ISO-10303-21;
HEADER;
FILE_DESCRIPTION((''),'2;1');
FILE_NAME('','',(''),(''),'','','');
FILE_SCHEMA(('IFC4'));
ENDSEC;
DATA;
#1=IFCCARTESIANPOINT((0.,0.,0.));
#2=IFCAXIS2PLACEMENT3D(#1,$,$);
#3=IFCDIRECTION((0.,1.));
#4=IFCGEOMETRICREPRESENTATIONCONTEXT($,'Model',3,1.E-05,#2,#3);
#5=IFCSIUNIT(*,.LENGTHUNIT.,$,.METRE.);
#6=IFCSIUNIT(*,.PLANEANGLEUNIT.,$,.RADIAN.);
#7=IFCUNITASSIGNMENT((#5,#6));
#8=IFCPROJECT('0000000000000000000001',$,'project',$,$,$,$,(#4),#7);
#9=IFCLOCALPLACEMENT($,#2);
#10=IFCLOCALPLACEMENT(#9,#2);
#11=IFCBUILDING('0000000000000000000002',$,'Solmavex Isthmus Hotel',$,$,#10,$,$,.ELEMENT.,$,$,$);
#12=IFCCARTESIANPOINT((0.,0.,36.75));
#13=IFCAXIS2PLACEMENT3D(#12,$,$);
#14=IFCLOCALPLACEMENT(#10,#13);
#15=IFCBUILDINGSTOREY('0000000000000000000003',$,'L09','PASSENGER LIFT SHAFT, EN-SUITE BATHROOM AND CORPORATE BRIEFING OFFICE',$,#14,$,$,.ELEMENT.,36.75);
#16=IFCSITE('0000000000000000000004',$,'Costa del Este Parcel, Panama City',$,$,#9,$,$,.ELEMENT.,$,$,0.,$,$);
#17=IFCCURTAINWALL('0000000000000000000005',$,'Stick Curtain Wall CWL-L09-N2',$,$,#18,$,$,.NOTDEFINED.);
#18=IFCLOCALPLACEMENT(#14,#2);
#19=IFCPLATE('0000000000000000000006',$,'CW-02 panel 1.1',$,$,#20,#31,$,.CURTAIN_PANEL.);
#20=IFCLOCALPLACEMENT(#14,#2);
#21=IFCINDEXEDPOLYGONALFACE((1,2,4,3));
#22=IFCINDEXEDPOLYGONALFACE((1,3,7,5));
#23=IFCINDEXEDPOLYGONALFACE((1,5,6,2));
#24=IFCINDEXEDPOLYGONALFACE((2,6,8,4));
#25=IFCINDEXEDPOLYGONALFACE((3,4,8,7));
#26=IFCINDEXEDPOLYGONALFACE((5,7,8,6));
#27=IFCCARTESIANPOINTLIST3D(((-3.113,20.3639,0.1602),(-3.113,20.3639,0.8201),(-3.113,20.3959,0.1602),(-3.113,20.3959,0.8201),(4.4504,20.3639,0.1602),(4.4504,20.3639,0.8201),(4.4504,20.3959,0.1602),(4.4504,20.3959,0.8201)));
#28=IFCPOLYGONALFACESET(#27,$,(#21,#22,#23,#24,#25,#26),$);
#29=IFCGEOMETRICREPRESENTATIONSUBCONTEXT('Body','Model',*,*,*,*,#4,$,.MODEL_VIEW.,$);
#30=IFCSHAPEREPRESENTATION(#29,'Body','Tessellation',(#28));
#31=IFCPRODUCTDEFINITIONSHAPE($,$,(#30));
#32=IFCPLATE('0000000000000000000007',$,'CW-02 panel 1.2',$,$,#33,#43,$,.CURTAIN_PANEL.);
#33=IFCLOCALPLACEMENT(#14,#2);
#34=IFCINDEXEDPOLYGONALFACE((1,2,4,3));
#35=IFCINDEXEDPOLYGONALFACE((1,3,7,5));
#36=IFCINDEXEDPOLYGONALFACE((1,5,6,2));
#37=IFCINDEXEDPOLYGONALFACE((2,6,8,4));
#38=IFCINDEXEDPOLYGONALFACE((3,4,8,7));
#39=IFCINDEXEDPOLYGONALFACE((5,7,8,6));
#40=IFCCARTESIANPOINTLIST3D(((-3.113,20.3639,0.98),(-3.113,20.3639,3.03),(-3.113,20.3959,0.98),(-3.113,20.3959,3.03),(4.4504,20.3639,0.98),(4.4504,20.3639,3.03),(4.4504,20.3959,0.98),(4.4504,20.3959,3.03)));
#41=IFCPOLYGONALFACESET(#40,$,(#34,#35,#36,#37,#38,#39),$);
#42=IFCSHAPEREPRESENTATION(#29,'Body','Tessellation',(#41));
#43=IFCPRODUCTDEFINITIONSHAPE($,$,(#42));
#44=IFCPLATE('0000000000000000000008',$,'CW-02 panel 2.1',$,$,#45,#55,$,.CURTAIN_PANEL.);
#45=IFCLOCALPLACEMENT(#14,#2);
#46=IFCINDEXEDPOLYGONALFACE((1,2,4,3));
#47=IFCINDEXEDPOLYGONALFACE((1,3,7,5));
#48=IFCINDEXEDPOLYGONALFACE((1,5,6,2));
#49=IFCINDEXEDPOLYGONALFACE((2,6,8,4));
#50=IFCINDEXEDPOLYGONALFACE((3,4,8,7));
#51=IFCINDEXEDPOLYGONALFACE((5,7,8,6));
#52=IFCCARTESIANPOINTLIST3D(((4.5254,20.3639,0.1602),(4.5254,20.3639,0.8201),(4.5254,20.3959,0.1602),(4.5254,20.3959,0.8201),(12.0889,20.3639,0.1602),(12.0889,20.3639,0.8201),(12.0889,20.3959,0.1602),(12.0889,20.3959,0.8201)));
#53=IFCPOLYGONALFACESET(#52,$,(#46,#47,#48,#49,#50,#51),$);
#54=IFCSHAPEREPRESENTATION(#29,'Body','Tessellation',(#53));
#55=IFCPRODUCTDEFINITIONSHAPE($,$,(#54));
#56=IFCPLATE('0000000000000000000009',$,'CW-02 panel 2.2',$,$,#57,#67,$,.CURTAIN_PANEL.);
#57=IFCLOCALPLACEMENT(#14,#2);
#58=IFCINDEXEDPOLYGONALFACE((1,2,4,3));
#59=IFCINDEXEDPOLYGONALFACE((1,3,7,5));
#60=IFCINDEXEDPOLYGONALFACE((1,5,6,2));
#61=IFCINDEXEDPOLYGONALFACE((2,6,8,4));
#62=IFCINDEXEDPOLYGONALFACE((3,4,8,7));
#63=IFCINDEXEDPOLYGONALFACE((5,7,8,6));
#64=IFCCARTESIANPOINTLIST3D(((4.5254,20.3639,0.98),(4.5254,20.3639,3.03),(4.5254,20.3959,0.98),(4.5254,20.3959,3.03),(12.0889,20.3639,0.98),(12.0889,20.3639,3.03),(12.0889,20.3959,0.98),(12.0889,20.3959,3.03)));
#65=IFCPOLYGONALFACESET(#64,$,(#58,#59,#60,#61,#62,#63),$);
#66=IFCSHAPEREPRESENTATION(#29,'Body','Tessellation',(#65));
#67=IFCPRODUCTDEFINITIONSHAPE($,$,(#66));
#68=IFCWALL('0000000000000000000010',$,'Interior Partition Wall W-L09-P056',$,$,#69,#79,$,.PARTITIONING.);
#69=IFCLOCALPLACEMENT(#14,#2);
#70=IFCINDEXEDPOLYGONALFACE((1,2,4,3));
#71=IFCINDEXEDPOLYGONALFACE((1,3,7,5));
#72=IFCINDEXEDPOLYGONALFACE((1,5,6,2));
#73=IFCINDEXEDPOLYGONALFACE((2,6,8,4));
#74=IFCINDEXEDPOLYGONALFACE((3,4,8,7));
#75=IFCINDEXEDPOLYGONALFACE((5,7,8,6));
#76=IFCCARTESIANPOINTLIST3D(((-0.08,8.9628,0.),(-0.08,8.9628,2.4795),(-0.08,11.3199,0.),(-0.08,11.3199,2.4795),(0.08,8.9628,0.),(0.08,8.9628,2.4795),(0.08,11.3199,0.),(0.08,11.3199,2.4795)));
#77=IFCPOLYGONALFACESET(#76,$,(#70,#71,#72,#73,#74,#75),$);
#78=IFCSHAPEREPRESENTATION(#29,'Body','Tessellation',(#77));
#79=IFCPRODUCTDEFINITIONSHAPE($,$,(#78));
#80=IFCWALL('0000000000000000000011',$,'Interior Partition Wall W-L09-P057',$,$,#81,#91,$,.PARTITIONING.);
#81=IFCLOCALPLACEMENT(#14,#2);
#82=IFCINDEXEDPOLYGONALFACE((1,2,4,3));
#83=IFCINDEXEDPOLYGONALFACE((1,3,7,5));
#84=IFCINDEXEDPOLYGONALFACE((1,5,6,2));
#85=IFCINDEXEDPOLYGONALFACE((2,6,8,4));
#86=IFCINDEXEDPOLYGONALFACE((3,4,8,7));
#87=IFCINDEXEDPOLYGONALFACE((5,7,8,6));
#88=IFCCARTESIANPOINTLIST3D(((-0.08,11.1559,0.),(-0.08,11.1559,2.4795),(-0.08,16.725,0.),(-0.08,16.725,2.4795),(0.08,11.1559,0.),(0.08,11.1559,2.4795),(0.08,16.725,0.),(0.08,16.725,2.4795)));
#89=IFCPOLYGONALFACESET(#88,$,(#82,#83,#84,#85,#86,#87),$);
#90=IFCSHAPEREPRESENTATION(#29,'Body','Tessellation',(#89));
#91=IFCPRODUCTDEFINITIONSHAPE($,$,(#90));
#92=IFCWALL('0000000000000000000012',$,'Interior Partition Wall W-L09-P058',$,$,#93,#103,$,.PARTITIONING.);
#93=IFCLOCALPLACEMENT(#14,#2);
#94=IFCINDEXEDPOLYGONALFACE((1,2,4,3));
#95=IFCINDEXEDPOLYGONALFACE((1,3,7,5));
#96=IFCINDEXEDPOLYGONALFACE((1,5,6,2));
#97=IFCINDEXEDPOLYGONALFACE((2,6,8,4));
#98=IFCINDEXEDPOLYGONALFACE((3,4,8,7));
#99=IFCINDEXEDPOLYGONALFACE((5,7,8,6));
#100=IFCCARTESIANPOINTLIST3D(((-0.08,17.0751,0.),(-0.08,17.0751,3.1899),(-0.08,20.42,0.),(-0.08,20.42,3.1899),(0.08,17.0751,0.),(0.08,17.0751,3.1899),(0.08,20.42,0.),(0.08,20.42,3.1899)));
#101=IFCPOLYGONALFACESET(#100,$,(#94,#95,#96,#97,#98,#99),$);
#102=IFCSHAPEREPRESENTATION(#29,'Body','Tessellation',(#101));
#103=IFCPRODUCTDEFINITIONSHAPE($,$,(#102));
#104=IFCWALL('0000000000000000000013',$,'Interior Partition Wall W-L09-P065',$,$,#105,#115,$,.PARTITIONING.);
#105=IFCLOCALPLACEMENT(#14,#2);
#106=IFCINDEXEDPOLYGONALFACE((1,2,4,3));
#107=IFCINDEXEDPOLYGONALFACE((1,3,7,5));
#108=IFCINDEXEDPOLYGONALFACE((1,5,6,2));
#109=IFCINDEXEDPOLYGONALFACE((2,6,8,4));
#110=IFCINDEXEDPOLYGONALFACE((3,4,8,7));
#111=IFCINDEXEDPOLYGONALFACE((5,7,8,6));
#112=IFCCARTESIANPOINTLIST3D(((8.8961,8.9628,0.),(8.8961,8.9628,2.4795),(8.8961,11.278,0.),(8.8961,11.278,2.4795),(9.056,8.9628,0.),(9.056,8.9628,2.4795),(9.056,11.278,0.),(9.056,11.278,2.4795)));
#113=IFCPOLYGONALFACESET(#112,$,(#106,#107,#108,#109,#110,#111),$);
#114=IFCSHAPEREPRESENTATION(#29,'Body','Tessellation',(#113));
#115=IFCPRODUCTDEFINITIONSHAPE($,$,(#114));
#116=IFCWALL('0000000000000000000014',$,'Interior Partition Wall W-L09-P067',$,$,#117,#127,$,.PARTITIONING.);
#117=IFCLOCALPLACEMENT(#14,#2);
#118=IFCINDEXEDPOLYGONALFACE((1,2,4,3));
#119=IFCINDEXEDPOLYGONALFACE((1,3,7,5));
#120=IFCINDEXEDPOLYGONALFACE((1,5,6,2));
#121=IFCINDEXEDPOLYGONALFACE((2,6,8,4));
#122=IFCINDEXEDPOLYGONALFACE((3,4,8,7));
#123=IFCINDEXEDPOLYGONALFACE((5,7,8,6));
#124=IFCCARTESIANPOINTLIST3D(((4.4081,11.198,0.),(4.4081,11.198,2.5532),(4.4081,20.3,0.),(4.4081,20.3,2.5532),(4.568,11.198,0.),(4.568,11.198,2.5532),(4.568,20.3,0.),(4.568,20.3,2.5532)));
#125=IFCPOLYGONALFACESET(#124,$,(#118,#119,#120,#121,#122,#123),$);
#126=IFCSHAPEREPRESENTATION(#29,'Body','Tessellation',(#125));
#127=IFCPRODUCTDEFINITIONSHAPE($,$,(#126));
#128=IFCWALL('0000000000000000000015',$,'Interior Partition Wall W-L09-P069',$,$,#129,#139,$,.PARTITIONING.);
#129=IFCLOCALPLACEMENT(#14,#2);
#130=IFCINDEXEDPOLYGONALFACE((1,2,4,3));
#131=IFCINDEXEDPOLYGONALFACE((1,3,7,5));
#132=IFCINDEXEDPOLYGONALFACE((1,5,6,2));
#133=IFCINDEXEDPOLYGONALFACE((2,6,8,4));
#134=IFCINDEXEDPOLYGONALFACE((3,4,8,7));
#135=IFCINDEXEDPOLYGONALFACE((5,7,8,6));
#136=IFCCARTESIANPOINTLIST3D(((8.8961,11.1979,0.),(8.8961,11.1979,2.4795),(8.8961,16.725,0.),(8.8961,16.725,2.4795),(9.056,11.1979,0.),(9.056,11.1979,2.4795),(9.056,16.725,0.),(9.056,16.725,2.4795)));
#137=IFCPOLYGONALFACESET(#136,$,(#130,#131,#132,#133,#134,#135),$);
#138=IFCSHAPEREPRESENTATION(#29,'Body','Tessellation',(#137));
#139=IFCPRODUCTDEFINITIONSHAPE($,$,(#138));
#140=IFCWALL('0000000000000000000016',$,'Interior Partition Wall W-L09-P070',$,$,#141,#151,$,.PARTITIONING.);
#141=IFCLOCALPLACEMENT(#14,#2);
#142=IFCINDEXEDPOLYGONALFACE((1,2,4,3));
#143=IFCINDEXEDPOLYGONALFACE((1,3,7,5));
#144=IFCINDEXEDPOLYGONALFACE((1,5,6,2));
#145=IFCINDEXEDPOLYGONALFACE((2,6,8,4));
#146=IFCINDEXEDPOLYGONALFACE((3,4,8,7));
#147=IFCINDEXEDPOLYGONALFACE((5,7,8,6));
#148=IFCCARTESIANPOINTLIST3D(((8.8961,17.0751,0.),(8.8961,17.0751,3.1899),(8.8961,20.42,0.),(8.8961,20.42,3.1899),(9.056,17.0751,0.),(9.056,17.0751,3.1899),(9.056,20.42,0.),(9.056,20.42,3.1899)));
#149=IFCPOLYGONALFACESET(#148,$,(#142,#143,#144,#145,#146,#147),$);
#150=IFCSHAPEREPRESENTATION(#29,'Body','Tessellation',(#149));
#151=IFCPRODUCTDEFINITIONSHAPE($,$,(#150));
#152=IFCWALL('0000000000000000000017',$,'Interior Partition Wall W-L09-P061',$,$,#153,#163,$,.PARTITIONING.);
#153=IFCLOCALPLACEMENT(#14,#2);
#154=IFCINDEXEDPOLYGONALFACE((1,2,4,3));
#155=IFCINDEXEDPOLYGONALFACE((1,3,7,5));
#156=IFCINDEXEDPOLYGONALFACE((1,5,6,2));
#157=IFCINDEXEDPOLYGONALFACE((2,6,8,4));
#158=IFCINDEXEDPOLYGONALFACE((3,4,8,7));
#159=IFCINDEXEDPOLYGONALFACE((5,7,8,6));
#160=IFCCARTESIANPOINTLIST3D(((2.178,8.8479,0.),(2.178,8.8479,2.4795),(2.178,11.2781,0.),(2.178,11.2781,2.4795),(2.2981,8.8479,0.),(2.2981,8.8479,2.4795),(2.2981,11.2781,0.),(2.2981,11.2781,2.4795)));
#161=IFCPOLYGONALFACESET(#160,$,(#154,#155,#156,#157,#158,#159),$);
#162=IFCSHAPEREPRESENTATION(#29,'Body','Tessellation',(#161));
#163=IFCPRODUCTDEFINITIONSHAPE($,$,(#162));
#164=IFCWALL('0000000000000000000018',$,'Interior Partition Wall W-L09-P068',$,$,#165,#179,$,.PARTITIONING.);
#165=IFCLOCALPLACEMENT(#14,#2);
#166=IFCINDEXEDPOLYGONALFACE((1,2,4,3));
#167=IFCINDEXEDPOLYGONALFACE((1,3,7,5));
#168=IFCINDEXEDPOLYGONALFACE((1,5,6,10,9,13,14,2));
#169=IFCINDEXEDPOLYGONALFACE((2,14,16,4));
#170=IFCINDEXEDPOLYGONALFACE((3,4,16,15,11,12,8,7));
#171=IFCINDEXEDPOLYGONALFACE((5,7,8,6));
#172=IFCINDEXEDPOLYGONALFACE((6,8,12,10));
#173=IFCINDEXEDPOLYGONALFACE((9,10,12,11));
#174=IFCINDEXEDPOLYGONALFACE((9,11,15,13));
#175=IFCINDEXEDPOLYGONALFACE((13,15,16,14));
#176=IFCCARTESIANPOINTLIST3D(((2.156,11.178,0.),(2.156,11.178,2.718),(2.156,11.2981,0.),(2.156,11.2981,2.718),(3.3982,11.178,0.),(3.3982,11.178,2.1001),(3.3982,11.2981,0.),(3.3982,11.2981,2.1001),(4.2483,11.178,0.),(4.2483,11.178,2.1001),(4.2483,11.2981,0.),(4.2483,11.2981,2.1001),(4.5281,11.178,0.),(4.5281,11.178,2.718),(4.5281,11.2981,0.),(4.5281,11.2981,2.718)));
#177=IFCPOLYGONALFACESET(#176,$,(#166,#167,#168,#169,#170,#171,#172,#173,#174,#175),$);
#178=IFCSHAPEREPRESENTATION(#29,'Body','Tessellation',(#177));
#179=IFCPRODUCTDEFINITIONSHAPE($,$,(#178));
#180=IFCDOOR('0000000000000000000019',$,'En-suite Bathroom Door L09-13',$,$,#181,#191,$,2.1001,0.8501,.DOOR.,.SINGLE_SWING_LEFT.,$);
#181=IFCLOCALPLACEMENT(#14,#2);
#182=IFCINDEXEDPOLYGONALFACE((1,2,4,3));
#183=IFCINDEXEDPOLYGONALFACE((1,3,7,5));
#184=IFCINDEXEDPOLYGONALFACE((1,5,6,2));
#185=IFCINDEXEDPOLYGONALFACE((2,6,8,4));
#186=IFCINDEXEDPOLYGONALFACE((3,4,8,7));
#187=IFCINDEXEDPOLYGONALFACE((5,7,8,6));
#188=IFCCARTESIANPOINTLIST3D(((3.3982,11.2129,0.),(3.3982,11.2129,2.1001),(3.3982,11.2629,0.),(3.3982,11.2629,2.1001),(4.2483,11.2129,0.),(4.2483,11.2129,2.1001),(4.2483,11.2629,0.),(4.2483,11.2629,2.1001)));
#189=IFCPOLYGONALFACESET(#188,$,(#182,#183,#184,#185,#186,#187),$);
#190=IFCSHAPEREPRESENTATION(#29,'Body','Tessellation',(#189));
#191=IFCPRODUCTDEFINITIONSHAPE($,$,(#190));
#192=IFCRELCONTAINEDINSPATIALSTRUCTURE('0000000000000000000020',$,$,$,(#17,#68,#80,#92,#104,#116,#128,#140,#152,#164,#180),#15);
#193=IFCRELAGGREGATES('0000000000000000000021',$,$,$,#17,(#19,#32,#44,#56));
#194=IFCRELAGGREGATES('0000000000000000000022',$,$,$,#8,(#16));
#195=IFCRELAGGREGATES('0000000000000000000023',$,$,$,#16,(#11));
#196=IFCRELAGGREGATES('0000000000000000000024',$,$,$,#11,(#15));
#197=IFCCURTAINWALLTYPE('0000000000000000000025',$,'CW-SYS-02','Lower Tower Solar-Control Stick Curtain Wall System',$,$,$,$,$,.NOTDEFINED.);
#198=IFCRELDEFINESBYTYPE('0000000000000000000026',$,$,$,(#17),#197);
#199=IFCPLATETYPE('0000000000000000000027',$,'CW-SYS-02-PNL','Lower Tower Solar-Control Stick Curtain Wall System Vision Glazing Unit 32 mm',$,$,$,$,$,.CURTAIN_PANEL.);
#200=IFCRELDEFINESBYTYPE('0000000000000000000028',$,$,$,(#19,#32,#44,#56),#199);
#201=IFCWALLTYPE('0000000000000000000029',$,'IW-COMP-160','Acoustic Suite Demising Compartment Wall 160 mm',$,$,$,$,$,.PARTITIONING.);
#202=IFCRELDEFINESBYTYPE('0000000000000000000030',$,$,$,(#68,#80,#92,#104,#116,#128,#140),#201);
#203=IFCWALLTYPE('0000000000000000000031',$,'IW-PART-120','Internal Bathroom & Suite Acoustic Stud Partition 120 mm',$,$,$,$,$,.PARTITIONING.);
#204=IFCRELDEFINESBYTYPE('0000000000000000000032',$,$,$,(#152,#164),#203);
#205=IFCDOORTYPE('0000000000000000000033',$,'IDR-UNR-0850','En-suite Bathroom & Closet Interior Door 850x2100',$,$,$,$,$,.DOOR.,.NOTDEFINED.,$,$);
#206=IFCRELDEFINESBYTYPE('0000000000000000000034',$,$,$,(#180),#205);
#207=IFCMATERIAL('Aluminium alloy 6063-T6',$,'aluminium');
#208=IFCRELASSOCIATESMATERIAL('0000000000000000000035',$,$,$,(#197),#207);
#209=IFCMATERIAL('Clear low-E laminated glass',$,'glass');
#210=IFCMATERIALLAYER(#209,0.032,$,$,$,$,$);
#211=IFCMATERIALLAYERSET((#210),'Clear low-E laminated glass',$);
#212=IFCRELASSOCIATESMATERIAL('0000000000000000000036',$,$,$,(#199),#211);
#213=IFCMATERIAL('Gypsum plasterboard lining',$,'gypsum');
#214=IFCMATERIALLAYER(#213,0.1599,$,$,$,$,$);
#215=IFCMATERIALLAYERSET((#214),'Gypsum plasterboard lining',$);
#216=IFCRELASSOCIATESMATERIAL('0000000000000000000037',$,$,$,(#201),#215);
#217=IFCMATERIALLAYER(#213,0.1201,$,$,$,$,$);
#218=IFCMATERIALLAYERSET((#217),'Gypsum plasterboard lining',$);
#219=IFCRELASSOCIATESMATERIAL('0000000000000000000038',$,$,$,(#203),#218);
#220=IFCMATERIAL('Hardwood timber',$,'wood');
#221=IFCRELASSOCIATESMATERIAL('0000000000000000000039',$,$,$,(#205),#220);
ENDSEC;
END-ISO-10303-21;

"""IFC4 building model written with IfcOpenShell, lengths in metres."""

from ifc_helpers import new_model, si_unit, direction, frame, frame_2d, origin, origin_2d, place, context, subcontext, project, spatial, rectangle, extrude, material, layer, layer_set, type_object, element, fill, aggregate, save


model = new_model("IFC4")

# Units and contexts
model_context = context("Model", 3, precision=1e-05, world=origin(), true_north=direction((0.0, 1.0)))
body_context = subcontext(model_context, "Body", "Model", "MODEL_VIEW")
ifc_project = project(units=[si_unit("LENGTHUNIT", "METRE"), si_unit("PLANEANGLEUNIT", "RADIAN")], contexts=[model_context])

# Site, building, storey
site_placement = place(None, origin())
site = spatial("IfcSite", under=ifc_project, at=site_placement, Name="Costa del Este Parcel, Panama City", CompositionType="ELEMENT", RefElevation=0.0)
building_placement = place(site_placement, origin())
building = spatial("IfcBuilding", under=site, at=building_placement, Name="Solmavex Isthmus Hotel", CompositionType="ELEMENT")
storey_placement = place(building_placement, frame((0.0, 0.0, 36.75)))
storey = spatial("IfcBuildingStorey", under=building, at=storey_placement, Name="L09", Description="PASSENGER LIFT SHAFT, EN-SUITE BATHROOM AND CORPORATE BRIEFING OFFICE", CompositionType="ELEMENT", Elevation=36.75)

# Curtain wall
ifc_material_1 = material(Name="Aluminium alloy 6063-T6", Category="aluminium")
curtain_wall_type = type_object("IfcCurtainWallType", Name="CW-SYS-02", Description="Lower Tower Solar-Control Stick Curtain Wall System", PredefinedType="NOTDEFINED", material=ifc_material_1)
curtain_wall_1_placement = place(storey_placement, origin())
curtain_wall_1 = element("IfcCurtainWall", 1, at=curtain_wall_1_placement, inside=storey, type_object=curtain_wall_type, Name="Stick Curtain Wall CWL-L09-N2", PredefinedType="NOTDEFINED")

# Plates
ifc_material_2 = material(Name="Clear low-E laminated glass", Category="glass")
ifc_layer_1 = layer(ifc_material_2, 0.032)
ifc_layer_set_1 = layer_set([ifc_layer_1], Name="Clear low-E laminated glass")
plate_type = type_object("IfcPlateType", Name="CW-SYS-02-PNL", Description="Lower Tower Solar-Control Stick Curtain Wall System Vision Glazing Unit 32 mm", PredefinedType="CURTAIN_PANEL", material=ifc_layer_set_1)
plate_1_placement = place(storey_placement, frame((0.6687, 20.3799, 0.1602), z_axis=(0.0, 0.0, 1.0), x_axis=(1.0, 0.0, 0.0)))
plate_1 = element("IfcPlate", 2, at=plate_1_placement, type_object=plate_type, Name="CW-02 panel 1.1", PredefinedType="CURTAIN_PANEL", context=body_context, shape_type="SweptSolid", body=[
    extrude(rectangle(XDim=7.5635, YDim=0.032, at=origin_2d()), origin(), (0.0, 0.0, 1.0), 0.6599),
])
plate_2_placement = place(storey_placement, frame((0.6687, 20.3799, 0.98), z_axis=(0.0, 0.0, 1.0), x_axis=(1.0, 0.0, 0.0)))
plate_2 = element("IfcPlate", 3, at=plate_2_placement, type_object=plate_type, Name="CW-02 panel 1.2", PredefinedType="CURTAIN_PANEL", context=body_context, shape_type="SweptSolid", body=[
    extrude(rectangle(XDim=7.5635, YDim=0.032, at=origin_2d()), origin(), (0.0, 0.0, 1.0), 2.05),
])
plate_3_placement = place(storey_placement, frame((8.3071, 20.3799, 0.1602), z_axis=(0.0, 0.0, 1.0), x_axis=(1.0, 0.0, 0.0)))
plate_3 = element("IfcPlate", 4, at=plate_3_placement, type_object=plate_type, Name="CW-02 panel 2.1", PredefinedType="CURTAIN_PANEL", context=body_context, shape_type="SweptSolid", body=[
    extrude(rectangle(XDim=7.5635, YDim=0.032, at=origin_2d()), origin(), (0.0, 0.0, 1.0), 0.6599),
])
plate_4_placement = place(storey_placement, frame((8.3071, 20.3799, 0.98), z_axis=(0.0, 0.0, 1.0), x_axis=(1.0, 0.0, 0.0)))
plate_4 = element("IfcPlate", 5, at=plate_4_placement, type_object=plate_type, Name="CW-02 panel 2.2", PredefinedType="CURTAIN_PANEL", context=body_context, shape_type="SweptSolid", body=[
    extrude(rectangle(XDim=7.5635, YDim=0.032, at=origin_2d()), origin(), (0.0, 0.0, 1.0), 2.05),
])
aggregate(curtain_wall_1, [plate_1, plate_2, plate_3, plate_4])

# Walls
ifc_material_3 = material(Name="Gypsum plasterboard lining", Category="gypsum")
ifc_layer_2 = layer(ifc_material_3, 0.1599)
ifc_layer_set_2 = layer_set([ifc_layer_2], Name="Gypsum plasterboard lining")
wall_type_1 = type_object("IfcWallType", Name="IW-COMP-160", Description="Acoustic Suite Demising Compartment Wall 160 mm", PredefinedType="PARTITIONING", material=ifc_layer_set_2)
wall_1_placement = place(storey_placement, frame((0.0, 11.3201, 0.0), z_axis=(0.0, 0.0, 1.0), x_axis=(0.0, -1.0, 0.0)))
element("IfcWall", 6, at=wall_1_placement, inside=storey, type_object=wall_type_1, Name="Interior Partition Wall W-L09-P056", PredefinedType="PARTITIONING", context=body_context, shape_type="SweptSolid", body=[
    extrude(rectangle(XDim=2.3572, YDim=0.1599, at=frame_2d((1.1787, 0.0))), origin(), (0.0, 0.0, 1.0), 2.4795),
])
wall_2_placement = place(storey_placement, frame((0.0, 16.7251, 0.0), z_axis=(0.0, 0.0, 1.0), x_axis=(0.0, -1.0, 0.0)))
element("IfcWall", 7, at=wall_2_placement, inside=storey, type_object=wall_type_1, Name="Interior Partition Wall W-L09-P057", PredefinedType="PARTITIONING", context=body_context, shape_type="SweptSolid", body=[
    extrude(rectangle(XDim=5.5691, YDim=0.1599, at=frame_2d((2.7847, 0.0))), origin(), (0.0, 0.0, 1.0), 2.4795),
])
wall_3_placement = place(storey_placement, frame((0.0, 20.4199, 0.0), z_axis=(0.0, 0.0, 1.0), x_axis=(0.0, -1.0, 0.0)))
element("IfcWall", 8, at=wall_3_placement, inside=storey, type_object=wall_type_1, Name="Interior Partition Wall W-L09-P058", PredefinedType="PARTITIONING", context=body_context, shape_type="SweptSolid", body=[
    extrude(rectangle(XDim=3.345, YDim=0.1599, at=frame_2d((1.6724, 0.0))), origin(), (0.0, 0.0, 1.0), 3.1899),
])
wall_4_placement = place(storey_placement, frame((8.9761, 11.2781, 0.0), z_axis=(0.0, 0.0, 1.0), x_axis=(0.0, -1.0, 0.0)))
element("IfcWall", 9, at=wall_4_placement, inside=storey, type_object=wall_type_1, Name="Interior Partition Wall W-L09-P065", PredefinedType="PARTITIONING", context=body_context, shape_type="SweptSolid", body=[
    extrude(rectangle(XDim=2.3152, YDim=0.1599, at=frame_2d((1.1577, 0.0))), origin(), (0.0, 0.0, 1.0), 2.4795),
])
wall_5_placement = place(storey_placement, frame((4.488, 20.3, 0.0), z_axis=(0.0, 0.0, 1.0), x_axis=(0.0, -1.0, 0.0)))
element("IfcWall", 10, at=wall_5_placement, inside=storey, type_object=wall_type_1, Name="Interior Partition Wall W-L09-P067", PredefinedType="PARTITIONING", context=body_context, shape_type="SweptSolid", body=[
    extrude(rectangle(XDim=9.1021, YDim=0.1599, at=frame_2d((4.551, 0.0))), origin(), (0.0, 0.0, 1.0), 2.5532),
])
wall_6_placement = place(storey_placement, frame((8.9761, 16.7251, 0.0), z_axis=(0.0, 0.0, 1.0), x_axis=(0.0, -1.0, 0.0)))
element("IfcWall", 11, at=wall_6_placement, inside=storey, type_object=wall_type_1, Name="Interior Partition Wall W-L09-P069", PredefinedType="PARTITIONING", context=body_context, shape_type="SweptSolid", body=[
    extrude(rectangle(XDim=5.5271, YDim=0.1599, at=frame_2d((2.7637, 0.0))), origin(), (0.0, 0.0, 1.0), 2.4795),
])
wall_7_placement = place(storey_placement, frame((8.9761, 20.4199, 0.0), z_axis=(0.0, 0.0, 1.0), x_axis=(0.0, -1.0, 0.0)))
element("IfcWall", 12, at=wall_7_placement, inside=storey, type_object=wall_type_1, Name="Interior Partition Wall W-L09-P070", PredefinedType="PARTITIONING", context=body_context, shape_type="SweptSolid", body=[
    extrude(rectangle(XDim=3.345, YDim=0.1599, at=frame_2d((1.6724, 0.0))), origin(), (0.0, 0.0, 1.0), 3.1899),
])
ifc_layer_3 = layer(ifc_material_3, 0.1201)
ifc_layer_set_3 = layer_set([ifc_layer_3], Name="Gypsum plasterboard lining")
wall_type_2 = type_object("IfcWallType", Name="IW-PART-120", Description="Internal Bathroom & Suite Acoustic Stud Partition 120 mm", PredefinedType="PARTITIONING", material=ifc_layer_set_3)
wall_8_placement = place(storey_placement, frame((2.238, 11.2781, 0.0), z_axis=(0.0, 0.0, 1.0), x_axis=(0.0, -1.0, 0.0)))
element("IfcWall", 13, at=wall_8_placement, inside=storey, type_object=wall_type_2, Name="Interior Partition Wall W-L09-P061", PredefinedType="PARTITIONING", context=body_context, shape_type="SweptSolid", body=[
    extrude(rectangle(XDim=2.4302, YDim=0.1201, at=frame_2d((1.2151, 0.0))), origin(), (0.0, 0.0, 1.0), 2.4795),
])

# Wall, opening, door
wall_9_placement = place(storey_placement, frame((4.5281, 11.238, 0.0), z_axis=(0.0, 0.0, 1.0), x_axis=(-1.0, 0.0, 0.0)))
wall_9 = element("IfcWall", 14, at=wall_9_placement, inside=storey, type_object=wall_type_2, Name="Interior Partition Wall W-L09-P068", PredefinedType="PARTITIONING", context=body_context, shape_type="SweptSolid", body=[
    extrude(rectangle(XDim=2.3721, YDim=0.1201, at=frame_2d((1.186, 0.0))), origin(), (0.0, 0.0, 1.0), 2.718),
])
opening_1_placement = place(wall_9_placement, frame((0.2798, 0.0, 0.0)))
opening_1 = element("IfcOpeningElement", 15, at=opening_1_placement, cuts=wall_9, PredefinedType="OPENING", context=body_context, shape_type="SweptSolid", body=[
    extrude(rectangle(XDim=0.8501, YDim=2.1001, at=frame_2d((0.425, 1.05))), frame((0.0, 0.0701, 0.0), z_axis=(0.0, -1.0, 0.0), x_axis=(1.0, 0.0, 0.0)), (0.0, 0.0, 1.0), 0.1401),
])
ifc_material_4 = material(Name="Hardwood timber", Category="wood")
door_type_1 = type_object("IfcDoorType", Name="IDR-UNR-0850", Description="En-suite Bathroom & Closet Interior Door 850x2100", OperationType="NOTDEFINED", PredefinedType="DOOR", material=ifc_material_4)
door_1_placement = place(opening_1_placement, frame((0.8501, 0.0, 0.0), z_axis=(0.0, 0.0, 1.0), x_axis=(-1.0, 0.0, 0.0)))
door_1 = element("IfcDoor", 16, at=door_1_placement, inside=storey, type_object=door_type_1, Name="En-suite Bathroom Door L09-13", OperationType="SINGLE_SWING_LEFT", OverallHeight=2.1001, OverallWidth=0.8501, PredefinedType="DOOR", context=body_context, shape_type="SweptSolid", body=[
    extrude(rectangle(XDim=0.8501, YDim=2.1001, at=frame_2d((0.425, 1.05))), frame((0.0, 0.0249, 0.0), z_axis=(0.0, -1.0, 0.0), x_axis=(1.0, 0.0, 0.0)), (0.0, 0.0, 1.0), 0.05),
])
fill(opening_1, door_1)

save(model, "model.ifc")
